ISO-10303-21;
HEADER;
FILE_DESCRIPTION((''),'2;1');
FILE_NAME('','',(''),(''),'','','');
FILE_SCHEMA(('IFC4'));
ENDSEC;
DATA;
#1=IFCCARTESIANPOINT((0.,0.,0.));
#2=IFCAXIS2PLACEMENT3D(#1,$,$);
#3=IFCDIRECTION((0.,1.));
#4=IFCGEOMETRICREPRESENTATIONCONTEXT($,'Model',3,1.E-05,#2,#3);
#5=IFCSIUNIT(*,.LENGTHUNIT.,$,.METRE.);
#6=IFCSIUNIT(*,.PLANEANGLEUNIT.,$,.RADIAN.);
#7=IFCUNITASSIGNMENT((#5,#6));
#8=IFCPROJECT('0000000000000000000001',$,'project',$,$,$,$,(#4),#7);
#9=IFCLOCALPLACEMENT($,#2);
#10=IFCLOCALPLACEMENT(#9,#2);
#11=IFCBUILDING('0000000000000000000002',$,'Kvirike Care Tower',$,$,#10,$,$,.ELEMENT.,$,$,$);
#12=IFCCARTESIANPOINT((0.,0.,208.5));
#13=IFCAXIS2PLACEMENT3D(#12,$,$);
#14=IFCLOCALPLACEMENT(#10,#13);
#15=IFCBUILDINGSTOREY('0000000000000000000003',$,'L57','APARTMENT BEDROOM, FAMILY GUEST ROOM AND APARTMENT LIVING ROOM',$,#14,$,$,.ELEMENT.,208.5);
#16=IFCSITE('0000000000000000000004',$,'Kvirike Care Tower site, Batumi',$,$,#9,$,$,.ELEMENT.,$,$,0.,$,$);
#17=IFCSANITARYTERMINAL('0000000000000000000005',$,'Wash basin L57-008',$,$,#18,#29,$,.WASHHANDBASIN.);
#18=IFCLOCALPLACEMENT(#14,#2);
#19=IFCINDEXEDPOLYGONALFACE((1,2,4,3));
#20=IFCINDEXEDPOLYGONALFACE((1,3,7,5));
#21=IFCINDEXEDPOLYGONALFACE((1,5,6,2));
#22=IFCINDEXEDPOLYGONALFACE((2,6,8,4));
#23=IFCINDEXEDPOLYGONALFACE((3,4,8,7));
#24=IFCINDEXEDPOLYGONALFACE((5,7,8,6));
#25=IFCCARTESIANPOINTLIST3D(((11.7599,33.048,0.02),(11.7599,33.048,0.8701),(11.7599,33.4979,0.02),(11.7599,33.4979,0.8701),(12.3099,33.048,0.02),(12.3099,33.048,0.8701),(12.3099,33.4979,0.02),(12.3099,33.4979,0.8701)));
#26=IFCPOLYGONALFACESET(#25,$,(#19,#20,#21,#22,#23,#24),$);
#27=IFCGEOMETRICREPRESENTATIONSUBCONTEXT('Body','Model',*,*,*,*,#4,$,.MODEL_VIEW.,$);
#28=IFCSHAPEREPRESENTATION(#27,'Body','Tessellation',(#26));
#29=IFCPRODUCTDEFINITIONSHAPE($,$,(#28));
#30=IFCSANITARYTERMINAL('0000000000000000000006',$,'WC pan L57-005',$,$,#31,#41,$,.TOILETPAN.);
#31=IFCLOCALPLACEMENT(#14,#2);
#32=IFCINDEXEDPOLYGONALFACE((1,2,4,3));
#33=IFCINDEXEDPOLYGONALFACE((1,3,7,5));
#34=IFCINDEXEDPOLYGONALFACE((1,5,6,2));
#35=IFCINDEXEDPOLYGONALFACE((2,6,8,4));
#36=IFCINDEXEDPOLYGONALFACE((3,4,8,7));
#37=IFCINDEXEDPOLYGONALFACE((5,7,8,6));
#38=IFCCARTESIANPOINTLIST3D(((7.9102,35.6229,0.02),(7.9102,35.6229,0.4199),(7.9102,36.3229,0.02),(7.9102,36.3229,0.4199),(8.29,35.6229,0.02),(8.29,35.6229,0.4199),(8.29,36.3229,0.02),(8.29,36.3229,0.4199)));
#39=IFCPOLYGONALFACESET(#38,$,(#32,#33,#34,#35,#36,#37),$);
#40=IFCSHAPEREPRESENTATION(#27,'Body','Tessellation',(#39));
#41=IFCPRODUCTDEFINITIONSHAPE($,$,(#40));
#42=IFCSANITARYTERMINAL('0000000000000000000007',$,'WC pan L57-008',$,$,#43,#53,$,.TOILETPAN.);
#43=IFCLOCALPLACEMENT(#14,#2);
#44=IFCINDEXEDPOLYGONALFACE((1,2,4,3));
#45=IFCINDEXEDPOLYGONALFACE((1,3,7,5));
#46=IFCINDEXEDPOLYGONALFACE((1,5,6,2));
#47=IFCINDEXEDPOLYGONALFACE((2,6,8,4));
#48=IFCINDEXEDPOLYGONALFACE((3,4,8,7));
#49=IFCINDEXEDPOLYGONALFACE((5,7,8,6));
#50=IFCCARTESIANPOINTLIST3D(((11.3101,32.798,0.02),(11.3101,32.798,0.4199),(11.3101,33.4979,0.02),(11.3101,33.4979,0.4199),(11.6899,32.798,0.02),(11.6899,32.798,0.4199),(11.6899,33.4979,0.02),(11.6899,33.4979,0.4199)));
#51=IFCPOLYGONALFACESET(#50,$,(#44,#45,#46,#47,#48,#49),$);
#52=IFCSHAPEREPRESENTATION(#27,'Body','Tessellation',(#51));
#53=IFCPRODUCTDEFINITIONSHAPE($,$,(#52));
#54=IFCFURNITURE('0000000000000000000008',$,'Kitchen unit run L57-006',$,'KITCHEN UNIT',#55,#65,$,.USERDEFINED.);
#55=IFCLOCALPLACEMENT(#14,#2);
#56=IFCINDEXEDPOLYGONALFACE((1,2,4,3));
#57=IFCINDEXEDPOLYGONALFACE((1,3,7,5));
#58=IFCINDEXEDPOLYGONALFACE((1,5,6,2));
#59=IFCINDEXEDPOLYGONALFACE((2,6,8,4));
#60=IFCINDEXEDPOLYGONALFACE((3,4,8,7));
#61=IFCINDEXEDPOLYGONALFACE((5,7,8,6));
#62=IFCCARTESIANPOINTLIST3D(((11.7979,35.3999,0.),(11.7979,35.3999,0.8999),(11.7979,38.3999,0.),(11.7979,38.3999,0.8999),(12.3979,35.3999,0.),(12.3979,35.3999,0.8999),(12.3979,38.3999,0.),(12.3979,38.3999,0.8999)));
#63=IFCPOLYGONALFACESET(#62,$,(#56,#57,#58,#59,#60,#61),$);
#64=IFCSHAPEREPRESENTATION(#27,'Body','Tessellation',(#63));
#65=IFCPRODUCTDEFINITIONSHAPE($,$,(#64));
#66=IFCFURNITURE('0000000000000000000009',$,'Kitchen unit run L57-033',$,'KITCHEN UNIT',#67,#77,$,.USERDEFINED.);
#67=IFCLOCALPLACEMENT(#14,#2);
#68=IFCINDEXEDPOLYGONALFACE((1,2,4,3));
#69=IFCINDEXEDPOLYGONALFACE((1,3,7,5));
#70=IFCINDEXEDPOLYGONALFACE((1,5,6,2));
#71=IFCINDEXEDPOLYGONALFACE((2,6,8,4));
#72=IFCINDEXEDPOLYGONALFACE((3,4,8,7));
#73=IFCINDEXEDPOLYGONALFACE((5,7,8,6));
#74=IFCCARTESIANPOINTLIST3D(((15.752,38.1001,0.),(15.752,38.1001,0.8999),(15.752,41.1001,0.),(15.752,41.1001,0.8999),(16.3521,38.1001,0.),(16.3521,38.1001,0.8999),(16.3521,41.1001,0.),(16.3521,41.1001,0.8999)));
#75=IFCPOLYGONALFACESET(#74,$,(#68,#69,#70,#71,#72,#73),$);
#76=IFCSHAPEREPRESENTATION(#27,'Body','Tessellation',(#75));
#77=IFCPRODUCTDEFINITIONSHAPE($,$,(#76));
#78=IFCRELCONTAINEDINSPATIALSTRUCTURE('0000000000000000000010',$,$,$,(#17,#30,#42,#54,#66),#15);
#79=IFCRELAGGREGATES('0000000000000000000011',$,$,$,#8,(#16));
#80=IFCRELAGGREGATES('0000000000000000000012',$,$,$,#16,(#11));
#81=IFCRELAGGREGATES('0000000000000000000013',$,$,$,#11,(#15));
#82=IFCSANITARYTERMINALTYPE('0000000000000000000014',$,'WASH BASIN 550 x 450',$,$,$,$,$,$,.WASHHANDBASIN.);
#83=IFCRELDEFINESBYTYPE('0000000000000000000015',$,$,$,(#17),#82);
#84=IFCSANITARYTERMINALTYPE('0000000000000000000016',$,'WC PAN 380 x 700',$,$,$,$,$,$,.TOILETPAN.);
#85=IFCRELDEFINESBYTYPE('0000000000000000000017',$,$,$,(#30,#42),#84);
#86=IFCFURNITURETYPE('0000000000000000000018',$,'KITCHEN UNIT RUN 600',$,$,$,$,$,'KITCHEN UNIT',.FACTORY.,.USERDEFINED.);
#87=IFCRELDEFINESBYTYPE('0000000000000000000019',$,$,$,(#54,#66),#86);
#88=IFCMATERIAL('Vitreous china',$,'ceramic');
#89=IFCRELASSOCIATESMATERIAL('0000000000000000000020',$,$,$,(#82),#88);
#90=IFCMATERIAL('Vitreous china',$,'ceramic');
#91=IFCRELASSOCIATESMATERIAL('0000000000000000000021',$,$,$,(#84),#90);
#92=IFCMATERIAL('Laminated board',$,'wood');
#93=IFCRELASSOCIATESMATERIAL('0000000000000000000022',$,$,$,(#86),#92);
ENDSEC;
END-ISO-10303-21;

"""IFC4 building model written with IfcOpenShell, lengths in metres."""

from ifc_helpers import new_model, si_unit, direction, frame, origin, origin_2d, place, context, subcontext, project, spatial, rectangle, extrude, material, type_object, element, save


model = new_model("IFC4")

# Units and contexts
model_context = context("Model", 3, precision=1e-05, world=origin(), true_north=direction((0.0, 1.0)))
body_context = subcontext(model_context, "Body", "Model", "MODEL_VIEW")
ifc_project = project(units=[si_unit("LENGTHUNIT", "METRE"), si_unit("PLANEANGLEUNIT", "RADIAN")], contexts=[model_context])

# Site, building, storey
site_placement = place(None, origin())
site = spatial("IfcSite", under=ifc_project, at=site_placement, Name="Kvirike Care Tower site, Batumi", CompositionType="ELEMENT", RefElevation=0.0)
building_placement = place(site_placement, origin())
building = spatial("IfcBuilding", under=site, at=building_placement, Name="Kvirike Care Tower", CompositionType="ELEMENT")
storey_placement = place(building_placement, frame((0.0, 0.0, 208.5)))
storey = spatial("IfcBuildingStorey", under=building, at=storey_placement, Name="L57", Description="APARTMENT BEDROOM, FAMILY GUEST ROOM AND APARTMENT LIVING ROOM", CompositionType="ELEMENT", Elevation=208.5)

# Sanitary terminals
ifc_material_1 = material(Name="Vitreous china", Category="ceramic")
sanitary_terminal_type_1 = type_object("IfcSanitaryTerminalType", Name="WASH BASIN 550 x 450", PredefinedType="WASHHANDBASIN", material=ifc_material_1)
for number, where, z_axis, x_axis, name in (
    (1, (12.0349, 33.2729, 0.02), (0.0, 0.0, 1.0), (1.0, 0.0, 0.0), "Wash basin L57-008"),
):
    element("IfcSanitaryTerminal", number, at=place(storey_placement, frame(where, z_axis=z_axis, x_axis=x_axis)), inside=storey, type_object=sanitary_terminal_type_1, Name=name, PredefinedType="WASHHANDBASIN", context=body_context, shape_type="SweptSolid", body=[
        extrude(rectangle(XDim=0.55, YDim=0.45, at=origin_2d()), origin(), (0.0, 0.0, 1.0), 0.8501),
    ])
ifc_material_2 = material(Name="Vitreous china", Category="ceramic")
sanitary_terminal_type_2 = type_object("IfcSanitaryTerminalType", Name="WC PAN 380 x 700", PredefinedType="TOILETPAN", material=ifc_material_2)
for number, where, z_axis, x_axis, name in (
    (2, (8.1001, 35.9729, 0.02), (0.0, 0.0, 1.0), (1.0, 0.0, 0.0), "WC pan L57-005"),
    (3, (11.5, 33.1479, 0.02), (0.0, 0.0, 1.0), (1.0, 0.0, 0.0), "WC pan L57-008"),
):
    element("IfcSanitaryTerminal", number, at=place(storey_placement, frame(where, z_axis=z_axis, x_axis=x_axis)), inside=storey, type_object=sanitary_terminal_type_2, Name=name, PredefinedType="TOILETPAN", context=body_context, shape_type="SweptSolid", body=[
        extrude(rectangle(XDim=0.3799, YDim=0.7, at=origin_2d()), origin(), (0.0, 0.0, 1.0), 0.3999),
    ])

# Furniture
ifc_material_3 = material(Name="Laminated board", Category="wood")
furniture_type = type_object("IfcFurnitureType", Name="KITCHEN UNIT RUN 600", ElementType="KITCHEN UNIT", AssemblyPlace="FACTORY", PredefinedType="USERDEFINED", material=ifc_material_3)
for number, where, z_axis, x_axis, name in (
    (4, (12.0979, 36.8999, 0.0), (0.0, 0.0, 1.0), (0.0, -1.0, 0.0), "Kitchen unit run L57-006"),
    (5, (16.052, 39.6001, 0.0), (0.0, 0.0, 1.0), (0.0, 1.0, 0.0), "Kitchen unit run L57-033"),
):
    element("IfcFurniture", number, at=place(storey_placement, frame(where, z_axis=z_axis, x_axis=x_axis)), inside=storey, type_object=furniture_type, Name=name, ObjectType="KITCHEN UNIT", PredefinedType="USERDEFINED", context=body_context, shape_type="SweptSolid", body=[
        extrude(rectangle(XDim=3.0, YDim=0.6001, at=origin_2d()), origin(), (0.0, 0.0, 1.0), 0.8999),
    ])

save(model, "model.ifc")
